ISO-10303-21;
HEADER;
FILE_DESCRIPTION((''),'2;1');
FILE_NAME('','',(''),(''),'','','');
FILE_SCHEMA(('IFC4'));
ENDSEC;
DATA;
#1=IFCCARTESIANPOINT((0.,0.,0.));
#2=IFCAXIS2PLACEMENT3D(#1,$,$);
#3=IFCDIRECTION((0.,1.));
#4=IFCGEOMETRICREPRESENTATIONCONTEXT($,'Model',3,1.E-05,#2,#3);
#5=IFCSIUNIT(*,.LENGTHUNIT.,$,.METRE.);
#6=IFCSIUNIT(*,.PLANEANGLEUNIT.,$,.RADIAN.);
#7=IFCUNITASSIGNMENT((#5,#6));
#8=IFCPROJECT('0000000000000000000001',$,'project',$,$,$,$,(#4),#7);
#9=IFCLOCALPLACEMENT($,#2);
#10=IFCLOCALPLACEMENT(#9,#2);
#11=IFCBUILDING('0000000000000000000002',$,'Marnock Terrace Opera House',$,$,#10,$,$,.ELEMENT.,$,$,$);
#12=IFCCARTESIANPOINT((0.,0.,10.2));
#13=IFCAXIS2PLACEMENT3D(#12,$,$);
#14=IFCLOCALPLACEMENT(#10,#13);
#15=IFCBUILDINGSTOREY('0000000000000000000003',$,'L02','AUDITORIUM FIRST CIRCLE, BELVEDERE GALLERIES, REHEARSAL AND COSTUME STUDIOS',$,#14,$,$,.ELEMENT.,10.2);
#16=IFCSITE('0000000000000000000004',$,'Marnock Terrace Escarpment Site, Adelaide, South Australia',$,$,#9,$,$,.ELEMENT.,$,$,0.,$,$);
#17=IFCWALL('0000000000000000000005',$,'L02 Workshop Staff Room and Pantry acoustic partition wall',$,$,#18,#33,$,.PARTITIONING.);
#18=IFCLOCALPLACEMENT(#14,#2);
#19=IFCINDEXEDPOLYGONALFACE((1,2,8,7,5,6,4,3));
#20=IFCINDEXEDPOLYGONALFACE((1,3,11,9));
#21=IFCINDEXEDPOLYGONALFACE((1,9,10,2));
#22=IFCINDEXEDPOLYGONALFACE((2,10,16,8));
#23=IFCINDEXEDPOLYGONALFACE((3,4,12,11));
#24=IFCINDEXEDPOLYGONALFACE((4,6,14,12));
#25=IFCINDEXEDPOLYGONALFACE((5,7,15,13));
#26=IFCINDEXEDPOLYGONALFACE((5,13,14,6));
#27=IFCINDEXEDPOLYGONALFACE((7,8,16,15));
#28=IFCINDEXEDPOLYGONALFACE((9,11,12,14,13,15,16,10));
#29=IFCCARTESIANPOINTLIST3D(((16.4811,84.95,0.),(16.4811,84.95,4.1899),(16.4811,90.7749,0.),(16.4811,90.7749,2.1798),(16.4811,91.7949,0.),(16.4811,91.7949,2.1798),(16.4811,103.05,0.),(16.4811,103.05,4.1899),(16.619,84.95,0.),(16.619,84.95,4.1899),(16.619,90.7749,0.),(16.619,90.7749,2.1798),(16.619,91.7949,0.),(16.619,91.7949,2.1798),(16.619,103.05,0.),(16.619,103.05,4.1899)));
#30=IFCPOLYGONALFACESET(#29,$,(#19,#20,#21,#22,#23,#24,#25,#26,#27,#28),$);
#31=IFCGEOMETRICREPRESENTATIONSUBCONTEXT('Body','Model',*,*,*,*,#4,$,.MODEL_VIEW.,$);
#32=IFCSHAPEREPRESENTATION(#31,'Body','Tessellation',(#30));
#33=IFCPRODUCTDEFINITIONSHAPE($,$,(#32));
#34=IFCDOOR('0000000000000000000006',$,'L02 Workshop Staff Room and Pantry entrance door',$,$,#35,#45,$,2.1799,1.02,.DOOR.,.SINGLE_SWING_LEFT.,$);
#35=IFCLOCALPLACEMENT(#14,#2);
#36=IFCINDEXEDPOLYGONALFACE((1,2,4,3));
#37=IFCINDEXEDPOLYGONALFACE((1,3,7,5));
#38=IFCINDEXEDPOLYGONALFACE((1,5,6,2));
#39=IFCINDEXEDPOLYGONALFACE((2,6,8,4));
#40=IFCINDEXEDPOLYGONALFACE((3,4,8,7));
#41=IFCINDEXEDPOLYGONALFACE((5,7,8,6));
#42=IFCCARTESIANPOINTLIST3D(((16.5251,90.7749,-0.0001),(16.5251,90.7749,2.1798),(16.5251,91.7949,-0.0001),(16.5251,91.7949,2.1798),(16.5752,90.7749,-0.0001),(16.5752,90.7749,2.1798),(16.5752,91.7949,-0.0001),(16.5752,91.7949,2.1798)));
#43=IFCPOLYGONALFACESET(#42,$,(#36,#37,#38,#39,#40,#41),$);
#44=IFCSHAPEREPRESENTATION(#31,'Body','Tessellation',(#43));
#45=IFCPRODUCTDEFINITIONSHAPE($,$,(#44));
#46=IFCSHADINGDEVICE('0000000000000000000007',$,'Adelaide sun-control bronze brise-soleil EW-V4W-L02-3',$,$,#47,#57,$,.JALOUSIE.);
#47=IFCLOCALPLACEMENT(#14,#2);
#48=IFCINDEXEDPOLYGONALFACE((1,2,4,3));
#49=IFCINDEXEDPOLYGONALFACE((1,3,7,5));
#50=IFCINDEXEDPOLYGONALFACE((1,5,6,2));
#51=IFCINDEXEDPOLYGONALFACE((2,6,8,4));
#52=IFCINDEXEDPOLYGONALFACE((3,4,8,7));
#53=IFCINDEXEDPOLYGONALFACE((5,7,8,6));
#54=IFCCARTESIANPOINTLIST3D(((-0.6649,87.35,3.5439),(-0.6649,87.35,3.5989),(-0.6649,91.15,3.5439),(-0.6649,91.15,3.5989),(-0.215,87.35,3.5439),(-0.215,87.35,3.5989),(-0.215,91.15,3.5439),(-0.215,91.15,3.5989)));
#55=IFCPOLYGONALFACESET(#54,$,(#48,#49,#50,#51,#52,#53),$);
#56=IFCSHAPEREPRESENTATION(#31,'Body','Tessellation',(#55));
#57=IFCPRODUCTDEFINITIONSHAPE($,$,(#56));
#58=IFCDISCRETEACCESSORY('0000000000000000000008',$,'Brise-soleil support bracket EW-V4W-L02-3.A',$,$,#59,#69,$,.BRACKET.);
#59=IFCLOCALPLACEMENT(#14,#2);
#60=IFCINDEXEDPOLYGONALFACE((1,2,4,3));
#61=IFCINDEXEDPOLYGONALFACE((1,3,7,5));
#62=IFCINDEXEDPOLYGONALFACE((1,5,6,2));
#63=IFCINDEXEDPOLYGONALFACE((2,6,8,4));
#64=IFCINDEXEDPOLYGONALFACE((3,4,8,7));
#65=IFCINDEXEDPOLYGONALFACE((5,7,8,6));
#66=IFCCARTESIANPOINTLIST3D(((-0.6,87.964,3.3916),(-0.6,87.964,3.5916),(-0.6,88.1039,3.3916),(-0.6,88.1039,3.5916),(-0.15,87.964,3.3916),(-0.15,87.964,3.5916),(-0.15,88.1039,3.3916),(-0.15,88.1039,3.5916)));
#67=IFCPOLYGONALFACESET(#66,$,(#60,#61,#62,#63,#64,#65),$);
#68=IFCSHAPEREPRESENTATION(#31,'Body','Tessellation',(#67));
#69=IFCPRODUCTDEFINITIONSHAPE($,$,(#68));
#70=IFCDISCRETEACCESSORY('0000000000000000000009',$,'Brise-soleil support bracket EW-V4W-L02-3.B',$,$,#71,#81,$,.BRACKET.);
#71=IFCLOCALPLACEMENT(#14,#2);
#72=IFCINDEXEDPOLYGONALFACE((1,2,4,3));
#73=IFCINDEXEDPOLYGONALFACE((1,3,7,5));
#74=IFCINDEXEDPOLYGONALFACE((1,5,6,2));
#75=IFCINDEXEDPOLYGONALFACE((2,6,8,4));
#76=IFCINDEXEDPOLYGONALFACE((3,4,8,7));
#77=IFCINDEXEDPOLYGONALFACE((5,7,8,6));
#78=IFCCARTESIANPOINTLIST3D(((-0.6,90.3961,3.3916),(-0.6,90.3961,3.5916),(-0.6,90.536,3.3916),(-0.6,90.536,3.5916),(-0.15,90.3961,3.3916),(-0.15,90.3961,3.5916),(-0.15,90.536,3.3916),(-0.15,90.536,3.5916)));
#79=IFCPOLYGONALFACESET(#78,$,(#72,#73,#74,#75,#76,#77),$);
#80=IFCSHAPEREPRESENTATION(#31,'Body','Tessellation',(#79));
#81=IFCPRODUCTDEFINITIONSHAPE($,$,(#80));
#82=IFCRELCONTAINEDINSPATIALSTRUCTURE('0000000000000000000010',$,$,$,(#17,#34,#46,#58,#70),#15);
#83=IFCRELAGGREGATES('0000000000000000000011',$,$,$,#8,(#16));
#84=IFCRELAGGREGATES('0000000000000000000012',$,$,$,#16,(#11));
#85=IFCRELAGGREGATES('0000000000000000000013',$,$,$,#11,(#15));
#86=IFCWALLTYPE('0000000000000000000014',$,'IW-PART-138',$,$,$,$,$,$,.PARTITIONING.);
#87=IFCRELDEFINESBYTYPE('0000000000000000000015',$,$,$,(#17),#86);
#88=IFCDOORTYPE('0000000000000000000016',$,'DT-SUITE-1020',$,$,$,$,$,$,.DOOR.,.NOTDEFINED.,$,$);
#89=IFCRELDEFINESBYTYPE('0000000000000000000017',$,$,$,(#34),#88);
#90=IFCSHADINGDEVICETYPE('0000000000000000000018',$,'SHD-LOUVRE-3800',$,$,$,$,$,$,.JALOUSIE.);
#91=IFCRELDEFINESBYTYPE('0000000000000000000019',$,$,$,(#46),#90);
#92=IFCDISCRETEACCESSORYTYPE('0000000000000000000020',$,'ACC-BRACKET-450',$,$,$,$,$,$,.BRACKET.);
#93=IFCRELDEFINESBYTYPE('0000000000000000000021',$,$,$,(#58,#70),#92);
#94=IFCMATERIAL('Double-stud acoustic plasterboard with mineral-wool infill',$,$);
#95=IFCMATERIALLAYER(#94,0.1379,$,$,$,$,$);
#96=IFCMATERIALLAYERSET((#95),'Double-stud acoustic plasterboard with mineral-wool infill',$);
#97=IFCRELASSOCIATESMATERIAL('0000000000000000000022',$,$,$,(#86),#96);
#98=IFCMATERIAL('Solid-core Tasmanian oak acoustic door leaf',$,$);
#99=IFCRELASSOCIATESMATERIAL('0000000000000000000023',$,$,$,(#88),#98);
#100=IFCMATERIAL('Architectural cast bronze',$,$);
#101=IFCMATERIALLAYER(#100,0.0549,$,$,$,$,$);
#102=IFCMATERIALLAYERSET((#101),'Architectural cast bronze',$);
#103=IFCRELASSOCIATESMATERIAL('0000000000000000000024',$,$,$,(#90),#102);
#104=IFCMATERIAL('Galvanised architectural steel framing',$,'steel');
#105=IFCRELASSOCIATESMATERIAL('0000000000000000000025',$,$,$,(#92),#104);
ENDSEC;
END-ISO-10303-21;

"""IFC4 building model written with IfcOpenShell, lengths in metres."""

from ifc_helpers import new_model, si_unit, direction, frame, frame_2d, origin, origin_2d, place, context, subcontext, project, spatial, rectangle, extrude, material, layer, layer_set, type_object, element, fill, save


model = new_model("IFC4")

# Units and contexts
model_context = context("Model", 3, precision=1e-05, world=origin(), true_north=direction((0.0, 1.0)))
body_context = subcontext(model_context, "Body", "Model", "MODEL_VIEW")
ifc_project = project(units=[si_unit("LENGTHUNIT", "METRE"), si_unit("PLANEANGLEUNIT", "RADIAN")], contexts=[model_context])

# Site, building, storey
site_placement = place(None, origin())
site = spatial("IfcSite", under=ifc_project, at=site_placement, Name="Marnock Terrace Escarpment Site, Adelaide, South Australia", CompositionType="ELEMENT", RefElevation=0.0)
building_placement = place(site_placement, origin())
building = spatial("IfcBuilding", under=site, at=building_placement, Name="Marnock Terrace Opera House", CompositionType="ELEMENT")
storey_placement = place(building_placement, frame((0.0, 0.0, 10.2)))
storey = spatial("IfcBuildingStorey", under=building, at=storey_placement, Name="L02", Description="AUDITORIUM FIRST CIRCLE, BELVEDERE GALLERIES, REHEARSAL AND COSTUME STUDIOS", CompositionType="ELEMENT", Elevation=10.2)

# Wall, opening, door
ifc_material_1 = material(Name="Double-stud acoustic plasterboard with mineral-wool infill")
ifc_layer_1 = layer(ifc_material_1, 0.1379)
ifc_layer_set_1 = layer_set([ifc_layer_1], Name="Double-stud acoustic plasterboard with mineral-wool infill")
wall_type_1 = type_object("IfcWallType", Name="IW-PART-138", PredefinedType="PARTITIONING", material=ifc_layer_set_1)
wall_1_placement = place(storey_placement, frame((16.55, 84.95, 0.0), z_axis=(0.0, 0.0, 1.0), x_axis=(0.0, 1.0, 0.0)))
wall_1 = element("IfcWall", 1, at=wall_1_placement, inside=storey, type_object=wall_type_1, Name="L02 Workshop Staff Room and Pantry acoustic partition wall", PredefinedType="PARTITIONING", context=body_context, shape_type="SweptSolid", body=[
    extrude(rectangle(XDim=18.1001, YDim=0.1379, at=frame_2d((9.05, 0.0))), origin(), (0.0, 0.0, 1.0), 4.1899),
])
opening_1_placement = place(wall_1_placement, frame((5.825, 0.0, 0.0)))
opening_1 = element("IfcOpeningElement", 2, at=opening_1_placement, cuts=wall_1, PredefinedType="OPENING", context=body_context, shape_type="SweptSolid", body=[
    extrude(rectangle(XDim=1.02, YDim=2.1799, at=frame_2d((0.51, 1.0898))), frame((0.0, 0.0789, 0.0), z_axis=(0.0, -1.0, 0.0), x_axis=(1.0, 0.0, 0.0)), (0.0, 0.0, 1.0), 0.158),
])
ifc_material_2 = material(Name="Solid-core Tasmanian oak acoustic door leaf")
door_type_1 = type_object("IfcDoorType", Name="DT-SUITE-1020", OperationType="NOTDEFINED", PredefinedType="DOOR", material=ifc_material_2)
door_1_placement = place(opening_1_placement, origin())
door_1 = element("IfcDoor", 3, at=door_1_placement, inside=storey, type_object=door_type_1, Name="L02 Workshop Staff Room and Pantry entrance door", OperationType="SINGLE_SWING_LEFT", OverallHeight=2.1799, OverallWidth=1.02, PredefinedType="DOOR", context=body_context, shape_type="SweptSolid", body=[
    extrude(rectangle(XDim=1.02, YDim=2.1799, at=frame_2d((0.51, 1.0898))), frame((0.0, 0.0249, 0.0), z_axis=(0.0, -1.0, 0.0), x_axis=(1.0, 0.0, 0.0)), (0.0, 0.0, 1.0), 0.05),
])
fill(opening_1, door_1)

# Shading device
ifc_material_3 = material(Name="Architectural cast bronze")
ifc_layer_2 = layer(ifc_material_3, 0.0549)
ifc_layer_set_2 = layer_set([ifc_layer_2], Name="Architectural cast bronze")
shading_device_type = type_object("IfcShadingDeviceType", Name="SHD-LOUVRE-3800", PredefinedType="JALOUSIE", material=ifc_layer_set_2)
shading_device_placement = place(storey_placement, frame((-0.4399, 89.25, 3.5439), z_axis=(0.0, 0.0, 1.0), x_axis=(0.0, 1.0, 0.0)))
element("IfcShadingDevice", 4, at=shading_device_placement, inside=storey, type_object=shading_device_type, Name="Adelaide sun-control bronze brise-soleil EW-V4W-L02-3", PredefinedType="JALOUSIE", context=body_context, shape_type="SweptSolid", body=[
    extrude(rectangle(XDim=3.8, YDim=0.45, at=origin_2d()), origin(), (0.0, 0.0, 1.0), 0.0549),
])

# Discrete accessories
ifc_material_4 = material(Name="Galvanised architectural steel framing", Category="steel")
discrete_accessory_type = type_object("IfcDiscreteAccessoryType", Name="ACC-BRACKET-450", PredefinedType="BRACKET", material=ifc_material_4)
for number, where, z_axis, x_axis, name in (
    (5, (-0.375, 88.0339, 3.3916), (0.0, 0.0, 1.0), (0.0, 1.0, 0.0), "Brise-soleil support bracket EW-V4W-L02-3.A"),
    (6, (-0.375, 90.4661, 3.3916), (0.0, 0.0, 1.0), (0.0, 1.0, 0.0), "Brise-soleil support bracket EW-V4W-L02-3.B"),
):
    element("IfcDiscreteAccessory", number, at=place(storey_placement, frame(where, z_axis=z_axis, x_axis=x_axis)), inside=storey, type_object=discrete_accessory_type, Name=name, PredefinedType="BRACKET", context=body_context, shape_type="SweptSolid", body=[
        extrude(rectangle(XDim=0.1399, YDim=0.45, at=origin_2d()), origin(), (0.0, 0.0, 1.0), 0.2),
    ])

save(model, "model.ifc")
